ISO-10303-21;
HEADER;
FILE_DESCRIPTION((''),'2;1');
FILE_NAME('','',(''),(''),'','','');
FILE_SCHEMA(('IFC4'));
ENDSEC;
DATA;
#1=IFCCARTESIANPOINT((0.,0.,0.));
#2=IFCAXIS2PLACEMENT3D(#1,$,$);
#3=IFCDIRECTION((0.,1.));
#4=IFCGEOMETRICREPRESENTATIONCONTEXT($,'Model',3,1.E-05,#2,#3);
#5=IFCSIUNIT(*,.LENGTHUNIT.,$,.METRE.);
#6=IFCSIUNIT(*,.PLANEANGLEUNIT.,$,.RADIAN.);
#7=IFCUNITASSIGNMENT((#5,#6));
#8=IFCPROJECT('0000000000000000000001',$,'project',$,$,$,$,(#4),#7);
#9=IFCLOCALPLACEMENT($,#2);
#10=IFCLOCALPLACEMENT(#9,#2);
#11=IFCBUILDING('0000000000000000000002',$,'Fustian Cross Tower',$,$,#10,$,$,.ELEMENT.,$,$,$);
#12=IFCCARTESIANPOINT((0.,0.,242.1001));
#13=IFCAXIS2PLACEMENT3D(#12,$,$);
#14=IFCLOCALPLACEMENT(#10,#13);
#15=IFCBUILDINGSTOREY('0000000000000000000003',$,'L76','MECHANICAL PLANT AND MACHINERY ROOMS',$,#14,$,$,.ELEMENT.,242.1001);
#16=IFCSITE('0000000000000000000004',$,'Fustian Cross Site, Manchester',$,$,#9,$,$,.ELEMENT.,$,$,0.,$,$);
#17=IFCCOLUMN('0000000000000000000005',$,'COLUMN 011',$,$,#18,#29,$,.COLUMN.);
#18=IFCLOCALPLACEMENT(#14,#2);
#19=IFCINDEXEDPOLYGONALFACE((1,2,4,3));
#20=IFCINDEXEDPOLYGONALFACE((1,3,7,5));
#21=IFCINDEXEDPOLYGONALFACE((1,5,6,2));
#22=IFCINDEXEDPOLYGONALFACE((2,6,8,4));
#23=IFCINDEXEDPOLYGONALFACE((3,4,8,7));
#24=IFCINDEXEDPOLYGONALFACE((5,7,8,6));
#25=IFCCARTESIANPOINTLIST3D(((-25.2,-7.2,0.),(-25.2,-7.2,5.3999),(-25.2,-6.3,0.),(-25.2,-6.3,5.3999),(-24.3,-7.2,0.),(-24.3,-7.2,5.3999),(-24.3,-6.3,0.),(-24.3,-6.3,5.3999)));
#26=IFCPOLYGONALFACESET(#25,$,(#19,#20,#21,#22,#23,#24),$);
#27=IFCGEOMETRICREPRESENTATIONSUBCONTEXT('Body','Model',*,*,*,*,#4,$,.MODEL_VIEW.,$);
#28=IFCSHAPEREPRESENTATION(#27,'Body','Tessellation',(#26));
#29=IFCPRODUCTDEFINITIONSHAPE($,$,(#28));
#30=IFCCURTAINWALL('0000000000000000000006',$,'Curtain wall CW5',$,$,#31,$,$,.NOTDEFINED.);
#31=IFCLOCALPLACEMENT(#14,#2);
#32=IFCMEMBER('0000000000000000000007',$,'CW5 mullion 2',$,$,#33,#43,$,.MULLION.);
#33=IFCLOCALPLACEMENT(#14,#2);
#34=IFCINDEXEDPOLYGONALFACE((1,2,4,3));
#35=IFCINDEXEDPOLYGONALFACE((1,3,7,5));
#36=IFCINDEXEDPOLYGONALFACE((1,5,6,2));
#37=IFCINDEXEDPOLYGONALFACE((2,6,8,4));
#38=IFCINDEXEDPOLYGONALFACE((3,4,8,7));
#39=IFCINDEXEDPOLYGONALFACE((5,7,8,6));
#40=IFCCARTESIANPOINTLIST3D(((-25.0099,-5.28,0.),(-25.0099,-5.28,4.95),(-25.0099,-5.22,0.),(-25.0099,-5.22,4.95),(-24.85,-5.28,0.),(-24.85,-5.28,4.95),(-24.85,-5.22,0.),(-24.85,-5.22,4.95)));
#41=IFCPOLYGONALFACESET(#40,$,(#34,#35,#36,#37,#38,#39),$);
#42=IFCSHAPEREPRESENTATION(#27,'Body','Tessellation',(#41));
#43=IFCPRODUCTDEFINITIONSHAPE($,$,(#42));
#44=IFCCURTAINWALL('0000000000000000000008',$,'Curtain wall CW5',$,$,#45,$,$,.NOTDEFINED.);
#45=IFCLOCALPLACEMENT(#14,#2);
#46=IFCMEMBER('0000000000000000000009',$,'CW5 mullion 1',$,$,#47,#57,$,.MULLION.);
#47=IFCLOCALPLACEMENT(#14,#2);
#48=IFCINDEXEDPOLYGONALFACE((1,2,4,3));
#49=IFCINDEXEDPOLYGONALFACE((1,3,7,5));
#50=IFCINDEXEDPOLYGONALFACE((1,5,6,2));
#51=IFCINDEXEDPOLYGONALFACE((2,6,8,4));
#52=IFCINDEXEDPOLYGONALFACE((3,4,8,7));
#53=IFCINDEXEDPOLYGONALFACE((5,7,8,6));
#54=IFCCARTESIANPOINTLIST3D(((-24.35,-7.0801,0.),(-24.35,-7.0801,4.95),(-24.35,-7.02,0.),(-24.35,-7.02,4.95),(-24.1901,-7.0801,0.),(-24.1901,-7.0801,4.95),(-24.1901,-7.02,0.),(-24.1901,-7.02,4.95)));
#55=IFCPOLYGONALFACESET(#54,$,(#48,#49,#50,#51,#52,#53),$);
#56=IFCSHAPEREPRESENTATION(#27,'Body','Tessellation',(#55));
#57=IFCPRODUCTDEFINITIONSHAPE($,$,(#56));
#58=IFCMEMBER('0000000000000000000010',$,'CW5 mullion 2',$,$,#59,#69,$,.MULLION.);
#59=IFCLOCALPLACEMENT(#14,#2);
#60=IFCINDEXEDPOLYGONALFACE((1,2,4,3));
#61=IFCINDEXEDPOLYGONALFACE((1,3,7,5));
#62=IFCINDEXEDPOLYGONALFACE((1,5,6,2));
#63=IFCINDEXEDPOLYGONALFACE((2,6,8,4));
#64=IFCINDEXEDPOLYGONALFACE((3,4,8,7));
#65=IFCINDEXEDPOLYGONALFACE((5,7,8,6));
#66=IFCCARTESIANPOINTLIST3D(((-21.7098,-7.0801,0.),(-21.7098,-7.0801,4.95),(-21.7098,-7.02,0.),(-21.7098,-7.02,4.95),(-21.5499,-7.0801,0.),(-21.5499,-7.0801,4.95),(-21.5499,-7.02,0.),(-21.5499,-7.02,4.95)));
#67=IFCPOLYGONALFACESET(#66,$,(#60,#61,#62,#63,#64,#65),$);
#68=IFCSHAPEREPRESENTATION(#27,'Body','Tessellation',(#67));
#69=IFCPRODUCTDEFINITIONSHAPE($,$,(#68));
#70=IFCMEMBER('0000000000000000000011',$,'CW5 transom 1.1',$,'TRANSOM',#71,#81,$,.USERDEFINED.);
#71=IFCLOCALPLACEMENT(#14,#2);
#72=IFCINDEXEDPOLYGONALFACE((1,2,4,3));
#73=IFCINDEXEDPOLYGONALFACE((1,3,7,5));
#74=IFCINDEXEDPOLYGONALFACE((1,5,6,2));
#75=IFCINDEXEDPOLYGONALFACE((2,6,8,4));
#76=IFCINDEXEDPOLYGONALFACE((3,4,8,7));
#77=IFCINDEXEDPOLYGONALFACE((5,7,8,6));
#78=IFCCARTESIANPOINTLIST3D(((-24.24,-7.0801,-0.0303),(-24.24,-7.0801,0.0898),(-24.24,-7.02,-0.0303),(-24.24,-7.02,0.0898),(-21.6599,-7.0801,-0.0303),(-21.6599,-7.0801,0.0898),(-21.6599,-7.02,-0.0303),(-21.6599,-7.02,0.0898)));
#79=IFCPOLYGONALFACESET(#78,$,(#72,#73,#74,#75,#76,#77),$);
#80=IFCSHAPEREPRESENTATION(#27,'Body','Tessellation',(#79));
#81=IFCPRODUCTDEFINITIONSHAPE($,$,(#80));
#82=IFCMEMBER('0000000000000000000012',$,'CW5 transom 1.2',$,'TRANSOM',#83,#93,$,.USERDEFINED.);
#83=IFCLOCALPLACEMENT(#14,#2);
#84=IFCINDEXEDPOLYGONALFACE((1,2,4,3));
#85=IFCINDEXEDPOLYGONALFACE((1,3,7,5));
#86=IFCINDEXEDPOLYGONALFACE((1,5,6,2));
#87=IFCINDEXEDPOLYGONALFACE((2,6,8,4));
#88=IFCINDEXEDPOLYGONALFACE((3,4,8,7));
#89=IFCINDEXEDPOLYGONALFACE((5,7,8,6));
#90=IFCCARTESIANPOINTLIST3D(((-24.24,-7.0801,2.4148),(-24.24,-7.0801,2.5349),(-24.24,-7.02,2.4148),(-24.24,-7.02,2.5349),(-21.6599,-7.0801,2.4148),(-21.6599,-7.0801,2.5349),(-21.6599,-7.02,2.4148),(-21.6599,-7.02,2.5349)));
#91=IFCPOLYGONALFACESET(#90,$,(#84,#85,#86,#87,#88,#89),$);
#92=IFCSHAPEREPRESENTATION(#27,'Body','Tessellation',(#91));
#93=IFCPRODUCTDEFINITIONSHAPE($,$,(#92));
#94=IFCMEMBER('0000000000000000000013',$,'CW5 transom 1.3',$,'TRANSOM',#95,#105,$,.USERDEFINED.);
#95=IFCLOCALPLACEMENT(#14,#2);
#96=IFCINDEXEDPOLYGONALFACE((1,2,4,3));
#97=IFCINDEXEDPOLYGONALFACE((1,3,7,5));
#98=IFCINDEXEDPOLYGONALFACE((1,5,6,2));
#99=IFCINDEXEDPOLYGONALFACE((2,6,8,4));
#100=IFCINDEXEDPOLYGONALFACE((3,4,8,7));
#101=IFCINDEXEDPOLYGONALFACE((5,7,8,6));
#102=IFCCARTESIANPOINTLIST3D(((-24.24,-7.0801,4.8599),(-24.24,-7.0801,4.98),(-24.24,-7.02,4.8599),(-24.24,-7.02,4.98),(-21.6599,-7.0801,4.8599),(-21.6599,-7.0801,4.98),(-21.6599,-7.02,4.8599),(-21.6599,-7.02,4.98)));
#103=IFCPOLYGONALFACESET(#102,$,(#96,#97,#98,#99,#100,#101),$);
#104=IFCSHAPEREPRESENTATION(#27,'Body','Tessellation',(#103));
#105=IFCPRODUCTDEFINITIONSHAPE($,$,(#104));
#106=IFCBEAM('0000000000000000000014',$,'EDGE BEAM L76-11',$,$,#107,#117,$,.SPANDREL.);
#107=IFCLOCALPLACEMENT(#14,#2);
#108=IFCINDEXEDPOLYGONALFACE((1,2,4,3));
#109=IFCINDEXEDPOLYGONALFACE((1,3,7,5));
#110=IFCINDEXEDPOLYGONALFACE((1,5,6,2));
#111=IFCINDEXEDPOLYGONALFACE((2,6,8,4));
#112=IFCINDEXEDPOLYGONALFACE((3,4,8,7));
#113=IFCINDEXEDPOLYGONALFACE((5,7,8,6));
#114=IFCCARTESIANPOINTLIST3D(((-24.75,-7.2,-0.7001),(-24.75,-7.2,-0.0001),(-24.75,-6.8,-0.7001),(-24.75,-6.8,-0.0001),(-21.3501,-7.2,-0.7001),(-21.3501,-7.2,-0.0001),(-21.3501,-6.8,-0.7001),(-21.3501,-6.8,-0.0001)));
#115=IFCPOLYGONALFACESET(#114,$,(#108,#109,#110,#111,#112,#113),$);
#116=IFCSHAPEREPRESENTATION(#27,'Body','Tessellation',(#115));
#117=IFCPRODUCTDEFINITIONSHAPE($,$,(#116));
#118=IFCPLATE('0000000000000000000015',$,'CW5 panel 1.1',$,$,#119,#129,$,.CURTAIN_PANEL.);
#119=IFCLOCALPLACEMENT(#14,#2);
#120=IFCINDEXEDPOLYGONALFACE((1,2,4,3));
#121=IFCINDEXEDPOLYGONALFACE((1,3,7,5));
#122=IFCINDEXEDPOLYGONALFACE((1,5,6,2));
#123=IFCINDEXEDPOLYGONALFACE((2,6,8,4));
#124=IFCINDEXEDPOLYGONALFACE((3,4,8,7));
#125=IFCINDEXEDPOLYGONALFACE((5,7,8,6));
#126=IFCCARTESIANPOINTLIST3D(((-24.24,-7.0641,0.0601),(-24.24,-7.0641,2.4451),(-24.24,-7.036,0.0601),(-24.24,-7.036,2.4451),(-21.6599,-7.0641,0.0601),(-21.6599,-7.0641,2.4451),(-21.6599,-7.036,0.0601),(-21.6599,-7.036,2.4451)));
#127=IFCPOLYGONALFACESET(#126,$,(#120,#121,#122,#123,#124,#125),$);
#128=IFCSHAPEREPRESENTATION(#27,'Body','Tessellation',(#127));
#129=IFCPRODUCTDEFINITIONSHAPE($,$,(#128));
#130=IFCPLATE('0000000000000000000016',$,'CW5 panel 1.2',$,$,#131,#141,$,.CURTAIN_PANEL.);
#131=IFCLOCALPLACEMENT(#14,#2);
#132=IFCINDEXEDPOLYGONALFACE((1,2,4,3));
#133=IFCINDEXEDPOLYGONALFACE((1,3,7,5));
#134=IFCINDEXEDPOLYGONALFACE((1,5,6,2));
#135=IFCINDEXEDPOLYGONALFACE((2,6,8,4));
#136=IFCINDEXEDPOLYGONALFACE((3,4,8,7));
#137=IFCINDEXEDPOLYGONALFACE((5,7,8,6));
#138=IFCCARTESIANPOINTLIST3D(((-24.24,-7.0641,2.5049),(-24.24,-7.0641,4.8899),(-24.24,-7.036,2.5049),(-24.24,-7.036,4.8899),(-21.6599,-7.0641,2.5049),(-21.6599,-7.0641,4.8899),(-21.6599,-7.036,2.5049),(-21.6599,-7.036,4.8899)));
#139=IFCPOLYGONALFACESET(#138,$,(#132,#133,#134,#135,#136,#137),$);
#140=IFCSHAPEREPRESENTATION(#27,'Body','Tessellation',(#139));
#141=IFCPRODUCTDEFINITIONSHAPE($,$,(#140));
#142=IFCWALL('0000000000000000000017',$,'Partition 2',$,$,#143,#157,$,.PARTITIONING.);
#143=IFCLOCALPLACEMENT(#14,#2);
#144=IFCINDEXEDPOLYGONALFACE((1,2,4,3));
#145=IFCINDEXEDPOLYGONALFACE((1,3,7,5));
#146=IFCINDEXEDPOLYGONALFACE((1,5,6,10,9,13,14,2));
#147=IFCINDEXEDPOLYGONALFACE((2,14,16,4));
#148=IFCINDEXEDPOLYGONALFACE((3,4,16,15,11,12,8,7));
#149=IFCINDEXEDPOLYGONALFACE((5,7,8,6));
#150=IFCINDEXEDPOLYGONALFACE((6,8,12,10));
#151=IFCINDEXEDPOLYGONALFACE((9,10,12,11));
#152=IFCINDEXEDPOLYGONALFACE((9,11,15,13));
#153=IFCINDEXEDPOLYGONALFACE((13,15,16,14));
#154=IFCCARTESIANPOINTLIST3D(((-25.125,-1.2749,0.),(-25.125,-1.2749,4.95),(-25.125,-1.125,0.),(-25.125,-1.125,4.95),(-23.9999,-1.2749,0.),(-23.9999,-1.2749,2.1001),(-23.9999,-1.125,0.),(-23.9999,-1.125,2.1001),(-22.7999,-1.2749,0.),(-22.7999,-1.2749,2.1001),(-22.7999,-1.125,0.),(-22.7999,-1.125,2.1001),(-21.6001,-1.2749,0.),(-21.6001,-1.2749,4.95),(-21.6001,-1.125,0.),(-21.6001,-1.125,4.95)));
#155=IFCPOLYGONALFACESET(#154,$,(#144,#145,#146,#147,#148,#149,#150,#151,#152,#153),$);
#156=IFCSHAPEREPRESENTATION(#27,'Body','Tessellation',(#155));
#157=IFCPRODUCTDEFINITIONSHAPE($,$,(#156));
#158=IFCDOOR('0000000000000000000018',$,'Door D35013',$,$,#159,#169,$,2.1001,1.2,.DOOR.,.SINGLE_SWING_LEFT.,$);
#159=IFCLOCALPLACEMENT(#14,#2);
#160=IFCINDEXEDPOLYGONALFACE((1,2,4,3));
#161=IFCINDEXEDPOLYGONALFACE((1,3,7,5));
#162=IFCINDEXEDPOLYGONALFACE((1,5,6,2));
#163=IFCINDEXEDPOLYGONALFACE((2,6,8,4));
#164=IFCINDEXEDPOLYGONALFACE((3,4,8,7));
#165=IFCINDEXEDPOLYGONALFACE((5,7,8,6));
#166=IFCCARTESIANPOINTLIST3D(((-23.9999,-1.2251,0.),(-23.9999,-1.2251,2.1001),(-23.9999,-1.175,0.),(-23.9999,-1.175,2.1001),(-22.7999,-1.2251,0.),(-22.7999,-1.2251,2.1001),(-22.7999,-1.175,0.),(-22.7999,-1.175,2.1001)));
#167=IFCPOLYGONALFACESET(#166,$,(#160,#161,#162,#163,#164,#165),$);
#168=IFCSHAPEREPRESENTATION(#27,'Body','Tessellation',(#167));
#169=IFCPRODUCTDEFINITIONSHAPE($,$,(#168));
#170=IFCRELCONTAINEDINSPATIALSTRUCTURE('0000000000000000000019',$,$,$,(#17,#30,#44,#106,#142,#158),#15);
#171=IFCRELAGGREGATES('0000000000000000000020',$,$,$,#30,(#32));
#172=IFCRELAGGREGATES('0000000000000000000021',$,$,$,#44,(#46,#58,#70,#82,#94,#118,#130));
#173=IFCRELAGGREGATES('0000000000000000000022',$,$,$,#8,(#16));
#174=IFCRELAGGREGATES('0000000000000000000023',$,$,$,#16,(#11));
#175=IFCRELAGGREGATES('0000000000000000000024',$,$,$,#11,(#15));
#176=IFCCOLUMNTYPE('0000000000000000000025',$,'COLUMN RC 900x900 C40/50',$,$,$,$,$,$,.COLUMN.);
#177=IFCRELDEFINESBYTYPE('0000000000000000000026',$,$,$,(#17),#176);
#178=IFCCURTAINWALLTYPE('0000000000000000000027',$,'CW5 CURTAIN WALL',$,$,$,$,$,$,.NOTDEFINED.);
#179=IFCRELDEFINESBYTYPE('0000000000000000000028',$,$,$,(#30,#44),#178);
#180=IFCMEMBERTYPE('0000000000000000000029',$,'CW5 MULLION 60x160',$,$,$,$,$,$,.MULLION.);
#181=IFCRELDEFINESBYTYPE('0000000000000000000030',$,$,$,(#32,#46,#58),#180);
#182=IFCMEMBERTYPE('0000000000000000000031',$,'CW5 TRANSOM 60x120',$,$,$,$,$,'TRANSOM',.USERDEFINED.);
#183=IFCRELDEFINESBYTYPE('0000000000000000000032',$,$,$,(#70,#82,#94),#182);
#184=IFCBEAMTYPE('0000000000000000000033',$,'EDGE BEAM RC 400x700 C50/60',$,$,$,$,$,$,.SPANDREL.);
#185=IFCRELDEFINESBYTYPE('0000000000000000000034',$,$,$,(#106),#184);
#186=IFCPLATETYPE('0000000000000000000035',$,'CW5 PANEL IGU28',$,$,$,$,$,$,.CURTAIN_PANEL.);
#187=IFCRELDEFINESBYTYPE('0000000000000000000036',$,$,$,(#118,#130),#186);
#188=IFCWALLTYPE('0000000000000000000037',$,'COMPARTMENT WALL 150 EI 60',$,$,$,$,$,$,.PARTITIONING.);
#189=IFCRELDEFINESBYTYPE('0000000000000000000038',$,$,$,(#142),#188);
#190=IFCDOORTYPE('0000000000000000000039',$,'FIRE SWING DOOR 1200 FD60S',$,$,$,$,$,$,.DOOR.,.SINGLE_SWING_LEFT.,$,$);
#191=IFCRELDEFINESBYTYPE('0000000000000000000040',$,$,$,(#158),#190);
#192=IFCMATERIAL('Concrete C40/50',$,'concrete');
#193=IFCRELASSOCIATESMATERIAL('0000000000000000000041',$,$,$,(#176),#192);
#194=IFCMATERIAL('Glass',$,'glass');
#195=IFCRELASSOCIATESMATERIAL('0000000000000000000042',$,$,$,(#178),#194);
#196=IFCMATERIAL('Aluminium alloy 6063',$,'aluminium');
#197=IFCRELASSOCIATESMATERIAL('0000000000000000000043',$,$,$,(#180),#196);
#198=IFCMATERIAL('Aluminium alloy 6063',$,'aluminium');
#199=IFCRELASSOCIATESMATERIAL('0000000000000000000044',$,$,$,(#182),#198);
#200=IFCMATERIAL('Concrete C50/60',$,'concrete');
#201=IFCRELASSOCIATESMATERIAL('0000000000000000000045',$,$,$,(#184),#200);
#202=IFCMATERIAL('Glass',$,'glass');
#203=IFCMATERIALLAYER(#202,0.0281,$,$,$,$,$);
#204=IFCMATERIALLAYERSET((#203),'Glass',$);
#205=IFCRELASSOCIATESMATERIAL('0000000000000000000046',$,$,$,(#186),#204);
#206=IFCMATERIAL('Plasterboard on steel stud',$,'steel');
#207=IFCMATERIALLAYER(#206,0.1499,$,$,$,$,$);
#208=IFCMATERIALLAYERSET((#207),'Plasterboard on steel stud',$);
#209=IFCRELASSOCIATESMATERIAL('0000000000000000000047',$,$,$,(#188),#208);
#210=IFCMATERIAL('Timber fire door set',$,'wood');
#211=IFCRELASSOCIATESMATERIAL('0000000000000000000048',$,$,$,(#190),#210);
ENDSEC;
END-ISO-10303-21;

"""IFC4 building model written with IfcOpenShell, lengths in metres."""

from ifc_helpers import new_model, si_unit, direction, frame, frame_2d, origin, origin_2d, place, context, subcontext, project, spatial, rectangle, extrude, material, layer, layer_set, material_profile, profile_set, type_object, element, fill, aggregate, save


model = new_model("IFC4")

# Units and contexts
model_context = context("Model", 3, precision=1e-05, world=origin(), true_north=direction((0.0, 1.0)))
body_context = subcontext(model_context, "Body", "Model", "MODEL_VIEW")
ifc_project = project(units=[si_unit("LENGTHUNIT", "METRE"), si_unit("PLANEANGLEUNIT", "RADIAN")], contexts=[model_context])

# Site, building, storey
site_placement = place(None, origin())
site = spatial("IfcSite", under=ifc_project, at=site_placement, Name="Fustian Cross Site, Manchester", CompositionType="ELEMENT", RefElevation=0.0)
building_placement = place(site_placement, origin())
building = spatial("IfcBuilding", under=site, at=building_placement, Name="Fustian Cross Tower", CompositionType="ELEMENT")
storey_placement = place(building_placement, frame((0.0, 0.0, 242.1001)))
storey = spatial("IfcBuildingStorey", under=building, at=storey_placement, Name="L76", Description="MECHANICAL PLANT AND MACHINERY ROOMS", CompositionType="ELEMENT", Elevation=242.1001)

# Column
ifc_material_1 = material(Name="Concrete C40/50", Category="concrete")
ifc_material_profile_1 = material_profile(ifc_material_1, rectangle(XDim=0.8999, YDim=0.8999, at=origin_2d()), Name="RC 900x900")
ifc_profile_set_1 = profile_set([ifc_material_profile_1], Name="Concrete C40/50")
column_type = type_object("IfcColumnType", Name="COLUMN RC 900x900 C40/50", PredefinedType="COLUMN", material=ifc_profile_set_1)
column_placement = place(storey_placement, frame((-24.75, -6.75, 0.0), z_axis=(0.0, 0.0, 1.0), x_axis=(1.0, 0.0, 0.0)))
element("IfcColumn", 1, at=column_placement, inside=storey, type_object=column_type, Name="COLUMN 011", PredefinedType="COLUMN", context=body_context, shape_type="SweptSolid", body=[
    extrude(rectangle(XDim=0.8999, YDim=0.8999, at=origin_2d()), origin(), (0.0, 0.0, 1.0), 5.3999),
])

# Curtain wall, member
ifc_material_2 = material(Name="Glass", Category="glass")
curtain_wall_type = type_object("IfcCurtainWallType", Name="CW5 CURTAIN WALL", PredefinedType="NOTDEFINED", material=ifc_material_2)
curtain_wall_1_placement = place(storey_placement, origin())
curtain_wall_1 = element("IfcCurtainWall", 2, at=curtain_wall_1_placement, inside=storey, type_object=curtain_wall_type, Name="Curtain wall CW5", PredefinedType="NOTDEFINED")
ifc_material_3 = material(Name="Aluminium alloy 6063", Category="aluminium")
ifc_material_profile_2 = material_profile(ifc_material_3, rectangle(XDim=0.0601, YDim=0.1599, at=origin_2d()), Name="CW5 MULLION 60x160")
ifc_profile_set_2 = profile_set([ifc_material_profile_2], Name="Aluminium alloy 6063")
member_type_1 = type_object("IfcMemberType", Name="CW5 MULLION 60x160", PredefinedType="MULLION", material=ifc_profile_set_2)
member_1_placement = place(storey_placement, frame((-24.9299, -5.25, 0.0), z_axis=(0.0, 0.0, 1.0), x_axis=(0.0, 1.0, 0.0)))
member_1 = element("IfcMember", 3, at=member_1_placement, type_object=member_type_1, Name="CW5 mullion 2", PredefinedType="MULLION", context=body_context, shape_type="SweptSolid", body=[
    extrude(rectangle(XDim=0.0601, YDim=0.1599, at=origin_2d()), origin(), (0.0, 0.0, 1.0), 4.95),
])
aggregate(curtain_wall_1, [member_1])

# Curtain wall, members
curtain_wall_2_placement = place(storey_placement, origin())
curtain_wall_2 = element("IfcCurtainWall", 4, at=curtain_wall_2_placement, inside=storey, type_object=curtain_wall_type, Name="Curtain wall CW5", PredefinedType="NOTDEFINED")
member_2_placement = place(storey_placement, frame((-24.27, -7.05, 0.0), z_axis=(0.0, 0.0, 1.0), x_axis=(0.0, 1.0, 0.0)))
member_2 = element("IfcMember", 5, at=member_2_placement, type_object=member_type_1, Name="CW5 mullion 1", PredefinedType="MULLION", context=body_context, shape_type="SweptSolid", body=[
    extrude(rectangle(XDim=0.0601, YDim=0.1599, at=origin_2d()), origin(), (0.0, 0.0, 1.0), 4.95),
])
member_3_placement = place(storey_placement, frame((-21.6299, -7.05, 0.0), z_axis=(0.0, 0.0, 1.0), x_axis=(0.0, 1.0, 0.0)))
member_3 = element("IfcMember", 6, at=member_3_placement, type_object=member_type_1, Name="CW5 mullion 2", PredefinedType="MULLION", context=body_context, shape_type="SweptSolid", body=[
    extrude(rectangle(XDim=0.0601, YDim=0.1599, at=origin_2d()), origin(), (0.0, 0.0, 1.0), 4.95),
])
ifc_material_4 = material(Name="Aluminium alloy 6063", Category="aluminium")
ifc_material_profile_3 = material_profile(ifc_material_4, rectangle(XDim=0.0601, YDim=0.1201, at=origin_2d()), Name="CW5 TRANSOM 60x120")
ifc_profile_set_3 = profile_set([ifc_material_profile_3], Name="Aluminium alloy 6063")
member_type_2 = type_object("IfcMemberType", Name="CW5 TRANSOM 60x120", ElementType="TRANSOM", PredefinedType="USERDEFINED", material=ifc_profile_set_3)
member_4_placement = place(storey_placement, frame((-24.24, -7.05, 0.0298), z_axis=(1.0, 0.0, 0.0), x_axis=(0.0, 1.0, 0.0)))
member_4 = element("IfcMember", 7, at=member_4_placement, type_object=member_type_2, Name="CW5 transom 1.1", ObjectType="TRANSOM", PredefinedType="USERDEFINED", context=body_context, shape_type="SweptSolid", body=[
    extrude(rectangle(XDim=0.0601, YDim=0.1201, at=origin_2d()), origin(), (0.0, 0.0, 1.0), 2.5801),
])
member_5_placement = place(storey_placement, frame((-24.24, -7.05, 2.4749), z_axis=(1.0, 0.0, 0.0), x_axis=(0.0, 1.0, 0.0)))
member_5 = element("IfcMember", 8, at=member_5_placement, type_object=member_type_2, Name="CW5 transom 1.2", ObjectType="TRANSOM", PredefinedType="USERDEFINED", context=body_context, shape_type="SweptSolid", body=[
    extrude(rectangle(XDim=0.0601, YDim=0.1201, at=origin_2d()), origin(), (0.0, 0.0, 1.0), 2.5801),
])
member_6_placement = place(storey_placement, frame((-24.24, -7.05, 4.9199), z_axis=(1.0, 0.0, 0.0), x_axis=(0.0, 1.0, 0.0)))
member_6 = element("IfcMember", 9, at=member_6_placement, type_object=member_type_2, Name="CW5 transom 1.3", ObjectType="TRANSOM", PredefinedType="USERDEFINED", context=body_context, shape_type="SweptSolid", body=[
    extrude(rectangle(XDim=0.0601, YDim=0.1201, at=origin_2d()), origin(), (0.0, 0.0, 1.0), 2.5801),
])

# Beam
ifc_material_5 = material(Name="Concrete C50/60", Category="concrete")
ifc_material_profile_4 = material_profile(ifc_material_5, rectangle(XDim=0.3999, YDim=0.7, at=origin_2d()), Name="RC 400x700")
ifc_profile_set_4 = profile_set([ifc_material_profile_4], Name="Concrete C50/60")
beam_type = type_object("IfcBeamType", Name="EDGE BEAM RC 400x700 C50/60", PredefinedType="SPANDREL", material=ifc_profile_set_4)
beam_placement = place(storey_placement, frame((-24.75, -7.0, -0.3501), z_axis=(1.0, 0.0, 0.0), x_axis=(0.0, 1.0, 0.0)))
element("IfcBeam", 10, at=beam_placement, inside=storey, type_object=beam_type, Name="EDGE BEAM L76-11", PredefinedType="SPANDREL", context=body_context, shape_type="SweptSolid", body=[
    extrude(rectangle(XDim=0.3999, YDim=0.7, at=origin_2d()), origin(), (0.0, 0.0, 1.0), 3.3999),
])

# Plates
ifc_material_6 = material(Name="Glass", Category="glass")
ifc_layer_1 = layer(ifc_material_6, 0.0281)
ifc_layer_set_1 = layer_set([ifc_layer_1], Name="Glass")
plate_type = type_object("IfcPlateType", Name="CW5 PANEL IGU28", PredefinedType="CURTAIN_PANEL", material=ifc_layer_set_1)
plate_1_placement = place(storey_placement, frame((-22.95, -7.05, 0.0601), z_axis=(0.0, 0.0, 1.0), x_axis=(1.0, 0.0, 0.0)))
plate_1 = element("IfcPlate", 11, at=plate_1_placement, type_object=plate_type, Name="CW5 panel 1.1", PredefinedType="CURTAIN_PANEL", context=body_context, shape_type="SweptSolid", body=[
    extrude(rectangle(XDim=2.5801, YDim=0.0281, at=origin_2d()), origin(), (0.0, 0.0, 1.0), 2.385),
])
plate_2_placement = place(storey_placement, frame((-22.95, -7.05, 2.5049), z_axis=(0.0, 0.0, 1.0), x_axis=(1.0, 0.0, 0.0)))
plate_2 = element("IfcPlate", 12, at=plate_2_placement, type_object=plate_type, Name="CW5 panel 1.2", PredefinedType="CURTAIN_PANEL", context=body_context, shape_type="SweptSolid", body=[
    extrude(rectangle(XDim=2.5801, YDim=0.0281, at=origin_2d()), origin(), (0.0, 0.0, 1.0), 2.385),
])
aggregate(curtain_wall_2, [member_2, member_3, member_4, member_5, member_6, plate_1, plate_2])

# Wall, opening, door
ifc_material_7 = material(Name="Plasterboard on steel stud", Category="steel")
ifc_layer_2 = layer(ifc_material_7, 0.1499)
ifc_layer_set_2 = layer_set([ifc_layer_2], Name="Plasterboard on steel stud")
wall_type_1 = type_object("IfcWallType", Name="COMPARTMENT WALL 150 EI 60", PredefinedType="PARTITIONING", material=ifc_layer_set_2)
wall_1_placement = place(storey_placement, frame((-25.125, -1.2, 0.0), z_axis=(0.0, 0.0, 1.0), x_axis=(1.0, 0.0, 0.0)))
wall_1 = element("IfcWall", 13, at=wall_1_placement, inside=storey, type_object=wall_type_1, Name="Partition 2", PredefinedType="PARTITIONING", context=body_context, shape_type="SweptSolid", body=[
    extrude(rectangle(XDim=3.5249, YDim=0.1499, at=frame_2d((1.7625, 0.0))), origin(), (0.0, 0.0, 1.0), 4.95),
])
opening_1_placement = place(wall_1_placement, frame((1.125, 0.0, 0.0)))
opening_1 = element("IfcOpeningElement", 14, at=opening_1_placement, cuts=wall_1, PredefinedType="OPENING", context=body_context, shape_type="SweptSolid", body=[
    extrude(rectangle(XDim=1.2, YDim=2.1001, at=frame_2d((0.6001, 1.05))), frame((0.0, 0.085, 0.0), z_axis=(0.0, -1.0, 0.0), x_axis=(1.0, 0.0, 0.0)), (0.0, 0.0, 1.0), 0.1699),
])
ifc_material_8 = material(Name="Timber fire door set", Category="wood")
door_type_1 = type_object("IfcDoorType", Name="FIRE SWING DOOR 1200 FD60S", OperationType="SINGLE_SWING_LEFT", PredefinedType="DOOR", material=ifc_material_8)
door_1_placement = place(opening_1_placement, origin())
door_1 = element("IfcDoor", 15, at=door_1_placement, inside=storey, type_object=door_type_1, Name="Door D35013", OperationType="SINGLE_SWING_LEFT", OverallHeight=2.1001, OverallWidth=1.2, PredefinedType="DOOR", context=body_context, shape_type="SweptSolid", body=[
    extrude(rectangle(XDim=1.2, YDim=2.1001, at=frame_2d((0.6001, 1.05))), frame((0.0, 0.0249, 0.0), z_axis=(0.0, -1.0, 0.0), x_axis=(1.0, 0.0, 0.0)), (0.0, 0.0, 1.0), 0.05),
])
fill(opening_1, door_1)

save(model, "model.ifc")
